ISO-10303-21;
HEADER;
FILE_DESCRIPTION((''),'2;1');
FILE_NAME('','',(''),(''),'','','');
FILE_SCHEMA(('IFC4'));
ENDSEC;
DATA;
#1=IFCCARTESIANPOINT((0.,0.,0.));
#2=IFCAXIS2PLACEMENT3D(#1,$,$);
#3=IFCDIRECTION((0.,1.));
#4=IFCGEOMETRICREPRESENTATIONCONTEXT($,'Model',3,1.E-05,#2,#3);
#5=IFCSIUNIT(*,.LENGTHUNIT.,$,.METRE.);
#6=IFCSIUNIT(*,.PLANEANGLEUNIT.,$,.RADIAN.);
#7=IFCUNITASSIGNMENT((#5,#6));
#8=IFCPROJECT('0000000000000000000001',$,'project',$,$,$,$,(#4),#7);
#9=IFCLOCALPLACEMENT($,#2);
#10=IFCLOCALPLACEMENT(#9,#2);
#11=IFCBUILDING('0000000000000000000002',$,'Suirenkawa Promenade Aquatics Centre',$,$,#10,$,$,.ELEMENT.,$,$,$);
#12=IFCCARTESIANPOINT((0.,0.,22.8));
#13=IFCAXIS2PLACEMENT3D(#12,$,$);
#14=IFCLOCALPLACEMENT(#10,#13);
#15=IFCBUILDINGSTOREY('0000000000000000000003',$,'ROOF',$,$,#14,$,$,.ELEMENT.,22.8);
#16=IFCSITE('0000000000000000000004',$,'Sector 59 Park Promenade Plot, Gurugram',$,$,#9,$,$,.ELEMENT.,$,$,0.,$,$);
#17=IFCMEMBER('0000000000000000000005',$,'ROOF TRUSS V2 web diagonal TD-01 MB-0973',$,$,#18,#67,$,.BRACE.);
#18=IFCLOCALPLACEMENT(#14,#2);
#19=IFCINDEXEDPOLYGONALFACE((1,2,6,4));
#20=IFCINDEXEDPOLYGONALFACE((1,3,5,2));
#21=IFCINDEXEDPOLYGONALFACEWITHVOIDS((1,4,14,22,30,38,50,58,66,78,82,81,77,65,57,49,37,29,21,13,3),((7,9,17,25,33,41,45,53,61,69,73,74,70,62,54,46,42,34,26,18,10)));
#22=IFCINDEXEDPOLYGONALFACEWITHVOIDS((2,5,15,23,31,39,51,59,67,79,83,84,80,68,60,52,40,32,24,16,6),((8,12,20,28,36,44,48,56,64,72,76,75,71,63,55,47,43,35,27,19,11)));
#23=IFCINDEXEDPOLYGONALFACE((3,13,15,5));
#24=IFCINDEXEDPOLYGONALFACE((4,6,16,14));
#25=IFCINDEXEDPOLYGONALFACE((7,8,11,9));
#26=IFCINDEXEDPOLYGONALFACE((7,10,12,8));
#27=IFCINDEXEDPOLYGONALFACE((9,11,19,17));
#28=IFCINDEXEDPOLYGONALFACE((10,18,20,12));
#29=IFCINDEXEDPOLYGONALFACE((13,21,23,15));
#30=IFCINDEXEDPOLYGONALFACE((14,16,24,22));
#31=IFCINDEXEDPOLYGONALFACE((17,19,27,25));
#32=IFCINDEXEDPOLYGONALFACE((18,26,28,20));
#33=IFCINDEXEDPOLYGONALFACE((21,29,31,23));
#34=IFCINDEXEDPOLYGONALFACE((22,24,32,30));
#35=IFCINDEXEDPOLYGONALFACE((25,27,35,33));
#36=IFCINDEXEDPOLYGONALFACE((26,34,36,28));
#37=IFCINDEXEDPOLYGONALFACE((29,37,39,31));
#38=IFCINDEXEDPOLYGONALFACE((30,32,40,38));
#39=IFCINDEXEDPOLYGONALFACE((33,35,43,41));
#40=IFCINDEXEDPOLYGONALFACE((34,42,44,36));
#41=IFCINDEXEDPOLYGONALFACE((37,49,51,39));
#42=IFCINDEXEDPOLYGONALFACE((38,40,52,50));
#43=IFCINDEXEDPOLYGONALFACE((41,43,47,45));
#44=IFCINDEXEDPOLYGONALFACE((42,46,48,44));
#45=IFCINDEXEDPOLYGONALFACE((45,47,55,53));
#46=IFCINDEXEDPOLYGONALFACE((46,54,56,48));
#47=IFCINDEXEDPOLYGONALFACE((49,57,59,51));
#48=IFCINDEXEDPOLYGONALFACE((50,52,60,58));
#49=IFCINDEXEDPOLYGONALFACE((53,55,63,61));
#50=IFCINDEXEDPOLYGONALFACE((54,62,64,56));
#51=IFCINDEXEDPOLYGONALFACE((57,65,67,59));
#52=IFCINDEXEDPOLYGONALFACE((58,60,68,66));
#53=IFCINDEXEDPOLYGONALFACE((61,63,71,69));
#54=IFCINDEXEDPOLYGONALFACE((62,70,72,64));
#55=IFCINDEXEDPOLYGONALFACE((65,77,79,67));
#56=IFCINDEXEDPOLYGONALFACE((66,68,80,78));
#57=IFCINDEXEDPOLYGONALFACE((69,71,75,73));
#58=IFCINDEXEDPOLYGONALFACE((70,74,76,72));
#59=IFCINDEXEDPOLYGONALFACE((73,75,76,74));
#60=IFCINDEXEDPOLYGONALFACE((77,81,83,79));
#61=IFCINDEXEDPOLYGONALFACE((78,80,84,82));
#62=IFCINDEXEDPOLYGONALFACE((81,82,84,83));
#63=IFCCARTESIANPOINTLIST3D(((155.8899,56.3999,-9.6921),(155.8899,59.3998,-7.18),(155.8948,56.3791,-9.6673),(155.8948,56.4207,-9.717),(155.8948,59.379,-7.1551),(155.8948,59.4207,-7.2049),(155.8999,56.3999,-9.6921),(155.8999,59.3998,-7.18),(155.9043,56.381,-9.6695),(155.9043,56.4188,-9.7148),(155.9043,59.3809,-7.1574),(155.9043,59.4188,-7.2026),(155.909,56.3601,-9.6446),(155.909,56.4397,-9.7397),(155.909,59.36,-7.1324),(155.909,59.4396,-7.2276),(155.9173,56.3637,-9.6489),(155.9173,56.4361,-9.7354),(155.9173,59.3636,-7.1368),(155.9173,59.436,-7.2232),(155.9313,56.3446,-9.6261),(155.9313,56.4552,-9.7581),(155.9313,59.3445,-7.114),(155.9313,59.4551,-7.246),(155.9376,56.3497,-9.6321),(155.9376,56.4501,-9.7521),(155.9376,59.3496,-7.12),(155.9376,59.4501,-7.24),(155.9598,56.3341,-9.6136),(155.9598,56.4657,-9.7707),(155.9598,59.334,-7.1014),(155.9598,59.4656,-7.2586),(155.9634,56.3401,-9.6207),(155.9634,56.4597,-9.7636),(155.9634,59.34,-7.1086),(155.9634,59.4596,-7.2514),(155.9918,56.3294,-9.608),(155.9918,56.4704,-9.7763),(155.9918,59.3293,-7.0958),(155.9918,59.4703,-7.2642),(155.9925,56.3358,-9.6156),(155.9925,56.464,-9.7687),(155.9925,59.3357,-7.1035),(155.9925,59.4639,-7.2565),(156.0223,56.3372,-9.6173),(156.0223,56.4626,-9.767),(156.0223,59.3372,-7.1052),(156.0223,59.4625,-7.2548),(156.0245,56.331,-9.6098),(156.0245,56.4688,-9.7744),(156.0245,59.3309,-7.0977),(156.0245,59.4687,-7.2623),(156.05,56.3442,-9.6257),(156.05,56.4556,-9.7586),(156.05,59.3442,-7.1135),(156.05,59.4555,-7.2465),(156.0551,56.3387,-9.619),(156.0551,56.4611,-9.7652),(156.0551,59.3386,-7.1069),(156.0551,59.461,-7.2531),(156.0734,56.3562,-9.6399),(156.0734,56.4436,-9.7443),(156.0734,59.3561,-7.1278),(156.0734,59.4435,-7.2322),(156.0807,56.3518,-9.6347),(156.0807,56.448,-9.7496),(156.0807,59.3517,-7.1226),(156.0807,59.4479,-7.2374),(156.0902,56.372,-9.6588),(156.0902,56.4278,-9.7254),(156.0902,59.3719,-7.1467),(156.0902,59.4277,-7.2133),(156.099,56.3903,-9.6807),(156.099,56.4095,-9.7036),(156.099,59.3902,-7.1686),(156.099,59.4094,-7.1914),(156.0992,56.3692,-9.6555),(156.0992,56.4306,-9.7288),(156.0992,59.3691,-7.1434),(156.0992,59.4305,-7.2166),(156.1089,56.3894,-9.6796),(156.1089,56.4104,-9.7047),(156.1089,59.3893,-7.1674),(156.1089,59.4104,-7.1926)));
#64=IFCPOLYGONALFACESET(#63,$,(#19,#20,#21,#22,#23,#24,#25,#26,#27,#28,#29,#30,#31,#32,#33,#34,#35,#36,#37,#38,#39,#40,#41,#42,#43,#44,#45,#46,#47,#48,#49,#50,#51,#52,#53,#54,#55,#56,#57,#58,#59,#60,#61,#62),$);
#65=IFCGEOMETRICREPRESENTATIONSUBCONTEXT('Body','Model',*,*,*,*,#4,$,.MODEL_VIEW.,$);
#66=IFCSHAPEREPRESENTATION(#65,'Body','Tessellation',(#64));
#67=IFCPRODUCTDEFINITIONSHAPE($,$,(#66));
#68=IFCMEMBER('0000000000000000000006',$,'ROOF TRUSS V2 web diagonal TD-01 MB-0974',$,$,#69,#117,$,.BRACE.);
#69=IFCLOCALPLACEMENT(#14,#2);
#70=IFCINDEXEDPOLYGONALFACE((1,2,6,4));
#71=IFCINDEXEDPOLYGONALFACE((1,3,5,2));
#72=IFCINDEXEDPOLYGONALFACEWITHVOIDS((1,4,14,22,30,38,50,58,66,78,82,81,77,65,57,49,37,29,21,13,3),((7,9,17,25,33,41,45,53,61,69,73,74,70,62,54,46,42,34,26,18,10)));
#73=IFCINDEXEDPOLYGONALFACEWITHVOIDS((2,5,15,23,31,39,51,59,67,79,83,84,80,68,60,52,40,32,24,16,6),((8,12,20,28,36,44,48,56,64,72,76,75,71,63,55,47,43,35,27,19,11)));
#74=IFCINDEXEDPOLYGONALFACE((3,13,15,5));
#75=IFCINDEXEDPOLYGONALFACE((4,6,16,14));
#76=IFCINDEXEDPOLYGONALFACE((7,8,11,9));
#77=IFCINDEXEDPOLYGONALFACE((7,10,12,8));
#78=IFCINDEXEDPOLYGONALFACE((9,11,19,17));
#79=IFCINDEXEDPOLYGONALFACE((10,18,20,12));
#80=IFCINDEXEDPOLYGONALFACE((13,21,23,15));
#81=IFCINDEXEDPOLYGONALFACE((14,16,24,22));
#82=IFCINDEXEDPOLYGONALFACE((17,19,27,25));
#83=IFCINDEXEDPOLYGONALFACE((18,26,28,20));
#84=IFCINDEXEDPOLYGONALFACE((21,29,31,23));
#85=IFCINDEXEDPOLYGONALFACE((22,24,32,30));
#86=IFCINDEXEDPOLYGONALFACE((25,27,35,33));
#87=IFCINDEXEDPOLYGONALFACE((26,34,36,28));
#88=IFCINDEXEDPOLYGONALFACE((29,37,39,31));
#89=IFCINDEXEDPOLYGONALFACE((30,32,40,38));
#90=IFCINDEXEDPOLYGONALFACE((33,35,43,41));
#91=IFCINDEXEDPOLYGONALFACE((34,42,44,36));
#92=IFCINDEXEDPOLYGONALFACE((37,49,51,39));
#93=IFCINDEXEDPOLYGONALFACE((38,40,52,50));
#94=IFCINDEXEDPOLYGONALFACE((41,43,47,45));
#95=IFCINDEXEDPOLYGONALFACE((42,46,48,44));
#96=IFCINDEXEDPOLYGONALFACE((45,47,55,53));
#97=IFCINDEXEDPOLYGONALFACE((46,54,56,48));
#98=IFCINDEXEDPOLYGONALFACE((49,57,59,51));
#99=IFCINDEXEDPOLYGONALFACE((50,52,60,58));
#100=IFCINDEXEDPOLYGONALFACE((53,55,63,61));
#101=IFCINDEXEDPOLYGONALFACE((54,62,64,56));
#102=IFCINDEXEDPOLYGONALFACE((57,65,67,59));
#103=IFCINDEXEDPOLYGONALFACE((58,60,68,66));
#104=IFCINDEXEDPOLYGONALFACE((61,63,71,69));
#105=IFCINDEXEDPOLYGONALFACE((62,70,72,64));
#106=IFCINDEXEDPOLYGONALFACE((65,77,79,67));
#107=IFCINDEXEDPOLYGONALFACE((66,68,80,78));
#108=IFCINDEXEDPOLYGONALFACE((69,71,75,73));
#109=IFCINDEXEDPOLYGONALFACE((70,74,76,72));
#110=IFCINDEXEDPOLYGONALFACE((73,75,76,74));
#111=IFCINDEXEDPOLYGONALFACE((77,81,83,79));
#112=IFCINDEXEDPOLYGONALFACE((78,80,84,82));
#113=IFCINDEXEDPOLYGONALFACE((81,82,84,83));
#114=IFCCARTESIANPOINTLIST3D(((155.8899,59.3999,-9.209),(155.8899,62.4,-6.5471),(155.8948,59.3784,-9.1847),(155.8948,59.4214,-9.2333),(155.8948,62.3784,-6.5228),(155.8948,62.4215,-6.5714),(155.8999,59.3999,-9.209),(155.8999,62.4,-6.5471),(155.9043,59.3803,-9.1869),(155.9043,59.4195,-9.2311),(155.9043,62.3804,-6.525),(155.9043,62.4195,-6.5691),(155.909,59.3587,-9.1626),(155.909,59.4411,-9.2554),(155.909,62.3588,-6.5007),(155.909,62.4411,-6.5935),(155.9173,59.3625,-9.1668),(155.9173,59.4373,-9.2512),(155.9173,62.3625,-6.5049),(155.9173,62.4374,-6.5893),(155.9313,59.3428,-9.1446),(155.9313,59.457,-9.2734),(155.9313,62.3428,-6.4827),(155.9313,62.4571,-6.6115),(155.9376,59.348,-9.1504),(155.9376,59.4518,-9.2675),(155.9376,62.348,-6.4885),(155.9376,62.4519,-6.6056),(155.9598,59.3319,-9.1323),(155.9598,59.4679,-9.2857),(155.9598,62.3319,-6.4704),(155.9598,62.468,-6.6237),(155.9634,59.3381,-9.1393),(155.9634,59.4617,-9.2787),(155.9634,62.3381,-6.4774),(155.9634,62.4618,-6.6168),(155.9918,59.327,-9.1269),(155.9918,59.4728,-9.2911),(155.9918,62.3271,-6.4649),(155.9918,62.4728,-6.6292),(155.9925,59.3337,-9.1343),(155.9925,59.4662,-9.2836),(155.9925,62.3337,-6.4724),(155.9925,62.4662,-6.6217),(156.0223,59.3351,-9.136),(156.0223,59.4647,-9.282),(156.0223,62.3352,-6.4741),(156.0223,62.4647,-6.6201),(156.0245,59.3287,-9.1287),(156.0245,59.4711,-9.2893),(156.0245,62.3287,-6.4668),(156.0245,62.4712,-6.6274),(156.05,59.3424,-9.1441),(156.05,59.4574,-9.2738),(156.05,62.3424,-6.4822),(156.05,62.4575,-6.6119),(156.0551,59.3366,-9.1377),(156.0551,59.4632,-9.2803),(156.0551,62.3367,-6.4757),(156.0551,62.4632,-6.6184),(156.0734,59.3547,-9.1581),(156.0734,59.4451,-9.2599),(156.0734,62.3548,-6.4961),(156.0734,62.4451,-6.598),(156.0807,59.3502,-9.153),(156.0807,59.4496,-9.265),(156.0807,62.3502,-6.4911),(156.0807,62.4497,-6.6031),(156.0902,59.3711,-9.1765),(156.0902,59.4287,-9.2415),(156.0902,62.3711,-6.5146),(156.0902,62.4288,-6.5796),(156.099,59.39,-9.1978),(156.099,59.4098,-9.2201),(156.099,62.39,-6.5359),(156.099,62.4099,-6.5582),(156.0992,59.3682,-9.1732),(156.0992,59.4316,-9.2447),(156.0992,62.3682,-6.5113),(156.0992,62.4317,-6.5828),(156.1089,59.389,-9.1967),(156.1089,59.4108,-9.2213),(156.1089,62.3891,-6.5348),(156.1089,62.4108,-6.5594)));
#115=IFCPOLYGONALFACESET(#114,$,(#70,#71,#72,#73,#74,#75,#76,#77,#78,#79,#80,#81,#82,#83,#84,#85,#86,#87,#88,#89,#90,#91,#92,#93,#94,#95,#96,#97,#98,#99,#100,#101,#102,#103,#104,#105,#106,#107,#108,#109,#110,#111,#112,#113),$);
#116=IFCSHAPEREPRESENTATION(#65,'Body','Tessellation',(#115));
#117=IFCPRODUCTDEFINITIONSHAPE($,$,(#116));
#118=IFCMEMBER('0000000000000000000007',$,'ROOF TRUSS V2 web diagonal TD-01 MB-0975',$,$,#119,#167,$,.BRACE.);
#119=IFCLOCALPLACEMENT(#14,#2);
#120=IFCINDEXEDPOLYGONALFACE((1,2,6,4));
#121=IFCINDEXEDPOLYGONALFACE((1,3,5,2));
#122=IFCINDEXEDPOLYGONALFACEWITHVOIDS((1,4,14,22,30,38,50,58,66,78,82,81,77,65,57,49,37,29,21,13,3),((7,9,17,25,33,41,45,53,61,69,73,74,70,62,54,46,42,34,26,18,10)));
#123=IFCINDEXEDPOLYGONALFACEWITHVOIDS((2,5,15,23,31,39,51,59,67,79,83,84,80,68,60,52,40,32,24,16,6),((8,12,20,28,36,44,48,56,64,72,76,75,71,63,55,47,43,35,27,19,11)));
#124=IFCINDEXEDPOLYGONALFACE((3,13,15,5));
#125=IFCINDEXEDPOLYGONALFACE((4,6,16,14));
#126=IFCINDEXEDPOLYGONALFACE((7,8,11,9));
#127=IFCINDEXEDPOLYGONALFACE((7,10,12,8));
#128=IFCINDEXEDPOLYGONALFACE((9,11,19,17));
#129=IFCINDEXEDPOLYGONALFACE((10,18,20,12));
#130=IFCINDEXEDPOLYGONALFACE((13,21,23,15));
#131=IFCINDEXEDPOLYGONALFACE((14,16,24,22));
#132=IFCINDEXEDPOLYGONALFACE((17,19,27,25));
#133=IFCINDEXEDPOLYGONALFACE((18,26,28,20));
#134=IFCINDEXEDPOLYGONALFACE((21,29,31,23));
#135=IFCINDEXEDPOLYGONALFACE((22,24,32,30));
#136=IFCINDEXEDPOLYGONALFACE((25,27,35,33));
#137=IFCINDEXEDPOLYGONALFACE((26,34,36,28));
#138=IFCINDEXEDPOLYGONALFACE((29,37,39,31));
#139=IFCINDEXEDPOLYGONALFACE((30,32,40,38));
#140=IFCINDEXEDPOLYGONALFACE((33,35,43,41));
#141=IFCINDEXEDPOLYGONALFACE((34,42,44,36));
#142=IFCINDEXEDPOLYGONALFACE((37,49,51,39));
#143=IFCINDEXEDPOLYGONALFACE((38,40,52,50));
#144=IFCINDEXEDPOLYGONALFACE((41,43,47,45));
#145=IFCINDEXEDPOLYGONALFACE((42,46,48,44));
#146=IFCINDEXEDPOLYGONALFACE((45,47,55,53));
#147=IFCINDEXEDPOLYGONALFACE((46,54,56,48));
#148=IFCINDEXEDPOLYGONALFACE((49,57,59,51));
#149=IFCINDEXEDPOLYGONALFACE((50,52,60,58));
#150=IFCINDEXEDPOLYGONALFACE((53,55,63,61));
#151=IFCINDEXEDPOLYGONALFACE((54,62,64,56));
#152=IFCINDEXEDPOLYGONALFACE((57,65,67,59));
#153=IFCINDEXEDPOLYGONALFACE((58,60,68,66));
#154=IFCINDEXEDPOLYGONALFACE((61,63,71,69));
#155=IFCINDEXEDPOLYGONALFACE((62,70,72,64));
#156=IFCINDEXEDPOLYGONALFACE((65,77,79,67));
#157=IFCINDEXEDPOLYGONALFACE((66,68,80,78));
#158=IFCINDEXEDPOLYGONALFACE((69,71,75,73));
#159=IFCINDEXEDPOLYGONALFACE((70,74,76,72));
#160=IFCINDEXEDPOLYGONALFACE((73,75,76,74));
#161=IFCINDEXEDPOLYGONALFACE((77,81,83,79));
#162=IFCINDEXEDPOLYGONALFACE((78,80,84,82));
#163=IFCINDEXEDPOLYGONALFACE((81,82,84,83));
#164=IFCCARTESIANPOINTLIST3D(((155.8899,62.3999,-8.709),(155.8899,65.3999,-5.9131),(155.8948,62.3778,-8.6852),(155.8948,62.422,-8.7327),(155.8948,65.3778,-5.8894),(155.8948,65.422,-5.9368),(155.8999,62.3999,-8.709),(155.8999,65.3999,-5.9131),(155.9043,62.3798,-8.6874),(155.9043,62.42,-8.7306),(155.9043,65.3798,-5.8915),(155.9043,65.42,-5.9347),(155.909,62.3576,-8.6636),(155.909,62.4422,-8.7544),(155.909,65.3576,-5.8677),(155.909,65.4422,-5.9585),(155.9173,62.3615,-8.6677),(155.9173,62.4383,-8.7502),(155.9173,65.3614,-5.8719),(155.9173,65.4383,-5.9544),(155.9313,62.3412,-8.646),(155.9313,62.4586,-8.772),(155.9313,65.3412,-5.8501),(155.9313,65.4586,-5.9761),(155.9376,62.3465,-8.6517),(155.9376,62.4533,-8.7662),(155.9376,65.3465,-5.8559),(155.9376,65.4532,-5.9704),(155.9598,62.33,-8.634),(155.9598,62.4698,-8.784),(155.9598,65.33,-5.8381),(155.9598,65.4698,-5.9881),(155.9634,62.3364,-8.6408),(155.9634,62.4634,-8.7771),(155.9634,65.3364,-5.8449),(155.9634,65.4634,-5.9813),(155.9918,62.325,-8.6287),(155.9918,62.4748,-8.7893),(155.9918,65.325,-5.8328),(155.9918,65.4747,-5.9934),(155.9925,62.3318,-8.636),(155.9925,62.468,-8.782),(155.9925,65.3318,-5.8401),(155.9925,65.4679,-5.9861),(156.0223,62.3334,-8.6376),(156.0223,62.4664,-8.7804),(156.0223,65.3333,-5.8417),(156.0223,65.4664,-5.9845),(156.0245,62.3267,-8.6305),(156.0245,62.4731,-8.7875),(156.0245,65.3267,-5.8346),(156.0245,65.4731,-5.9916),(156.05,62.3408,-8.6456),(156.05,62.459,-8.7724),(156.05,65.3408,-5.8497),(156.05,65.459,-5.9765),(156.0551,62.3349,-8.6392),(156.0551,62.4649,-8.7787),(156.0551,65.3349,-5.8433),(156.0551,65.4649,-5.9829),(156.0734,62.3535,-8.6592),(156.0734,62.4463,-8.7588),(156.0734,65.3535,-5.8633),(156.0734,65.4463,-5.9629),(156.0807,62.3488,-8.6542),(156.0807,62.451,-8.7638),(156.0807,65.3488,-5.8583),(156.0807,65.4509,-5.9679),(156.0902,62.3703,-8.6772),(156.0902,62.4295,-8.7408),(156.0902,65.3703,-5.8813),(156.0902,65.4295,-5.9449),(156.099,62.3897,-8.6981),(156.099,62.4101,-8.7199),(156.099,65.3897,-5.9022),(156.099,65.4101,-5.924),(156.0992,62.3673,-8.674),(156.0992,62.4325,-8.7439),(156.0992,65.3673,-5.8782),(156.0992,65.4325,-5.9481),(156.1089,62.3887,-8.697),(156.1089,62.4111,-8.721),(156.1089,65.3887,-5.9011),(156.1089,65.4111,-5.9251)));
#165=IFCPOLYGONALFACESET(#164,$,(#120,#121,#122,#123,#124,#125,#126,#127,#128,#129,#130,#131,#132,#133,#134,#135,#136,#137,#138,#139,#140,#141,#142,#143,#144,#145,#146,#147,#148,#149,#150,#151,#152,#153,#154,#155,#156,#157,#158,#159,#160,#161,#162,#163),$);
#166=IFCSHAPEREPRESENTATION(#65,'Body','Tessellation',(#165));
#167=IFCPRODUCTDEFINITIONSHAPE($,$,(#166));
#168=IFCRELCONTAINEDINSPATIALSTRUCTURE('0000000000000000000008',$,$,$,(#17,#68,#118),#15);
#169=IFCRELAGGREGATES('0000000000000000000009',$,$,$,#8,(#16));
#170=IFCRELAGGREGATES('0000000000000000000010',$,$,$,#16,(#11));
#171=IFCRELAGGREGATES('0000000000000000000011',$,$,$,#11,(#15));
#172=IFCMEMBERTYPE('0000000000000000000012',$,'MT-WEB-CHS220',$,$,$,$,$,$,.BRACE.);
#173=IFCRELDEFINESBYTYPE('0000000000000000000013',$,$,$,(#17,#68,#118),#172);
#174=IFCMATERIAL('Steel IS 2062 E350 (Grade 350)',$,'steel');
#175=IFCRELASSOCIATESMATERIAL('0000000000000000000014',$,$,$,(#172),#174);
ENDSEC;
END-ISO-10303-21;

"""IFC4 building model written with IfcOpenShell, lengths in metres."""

from ifc_helpers import new_model, si_unit, direction, frame, origin, origin_2d, place, context, subcontext, project, spatial, hollow_circle, extrude, material, material_profile, profile_set, type_object, element, save


model = new_model("IFC4")

# Units and contexts
model_context = context("Model", 3, precision=1e-05, world=origin(), true_north=direction((0.0, 1.0)))
body_context = subcontext(model_context, "Body", "Model", "MODEL_VIEW")
ifc_project = project(units=[si_unit("LENGTHUNIT", "METRE"), si_unit("PLANEANGLEUNIT", "RADIAN")], contexts=[model_context])

# Site, building, storey
site_placement = place(None, origin())
site = spatial("IfcSite", under=ifc_project, at=site_placement, Name="Sector 59 Park Promenade Plot, Gurugram", CompositionType="ELEMENT", RefElevation=0.0)
building_placement = place(site_placement, origin())
building = spatial("IfcBuilding", under=site, at=building_placement, Name="Suirenkawa Promenade Aquatics Centre", CompositionType="ELEMENT")
storey_placement = place(building_placement, frame((0.0, 0.0, 22.8)))
storey = spatial("IfcBuildingStorey", under=building, at=storey_placement, Name="ROOF", CompositionType="ELEMENT", Elevation=22.8)

# Shared definitions
ifc_material = material(Name="Steel IS 2062 E350 (Grade 350)", Category="steel")

# Members
ifc_material_profile_1 = material_profile(ifc_material, hollow_circle(Radius=0.1101, WallThickness=0.01, at=origin_2d()), Name="CHS 220x10", Category="steel")
ifc_profile_set_1 = profile_set([ifc_material_profile_1], Name="Steel IS 2062 E350 (Grade 350)")
member_type_1 = type_object("IfcMemberType", Name="MT-WEB-CHS220", PredefinedType="BRACE", material=ifc_profile_set_1)
member_1_placement = place(storey_placement, frame((156.0, 56.3999, -9.6921), z_axis=(0.0, 0.766685, 0.642024), x_axis=(-1.0, 0.0, 0.0)))
element("IfcMember", 1, at=member_1_placement, inside=storey, type_object=member_type_1, Name="ROOF TRUSS V2 web diagonal TD-01 MB-0973", PredefinedType="BRACE", context=body_context, shape_type="SweptSolid", body=[
    extrude(hollow_circle(Radius=0.1101, WallThickness=0.01, at=origin_2d()), origin(), (0.0, 0.0, 1.0), 3.9128),
])
member_2_placement = place(storey_placement, frame((156.0, 59.3999, -9.209), z_axis=(0.0, 0.748003, 0.663695), x_axis=(-1.0, 0.0, 0.0)))
element("IfcMember", 2, at=member_2_placement, inside=storey, type_object=member_type_1, Name="ROOF TRUSS V2 web diagonal TD-01 MB-0974", PredefinedType="BRACE", context=body_context, shape_type="SweptSolid", body=[
    extrude(hollow_circle(Radius=0.1101, WallThickness=0.01, at=origin_2d()), origin(), (0.0, 0.0, 1.0), 4.0107),
])
member_3_placement = place(storey_placement, frame((156.0, 62.3999, -8.709), z_axis=(0.0, 0.731554, 0.681784), x_axis=(-1.0, 0.0, 0.0)))
element("IfcMember", 3, at=member_3_placement, inside=storey, type_object=member_type_1, Name="ROOF TRUSS V2 web diagonal TD-01 MB-0975", PredefinedType="BRACE", context=body_context, shape_type="SweptSolid", body=[
    extrude(hollow_circle(Radius=0.1101, WallThickness=0.01, at=origin_2d()), origin(), (0.0, 0.0, 1.0), 4.1008),
])

save(model, "model.ifc")
